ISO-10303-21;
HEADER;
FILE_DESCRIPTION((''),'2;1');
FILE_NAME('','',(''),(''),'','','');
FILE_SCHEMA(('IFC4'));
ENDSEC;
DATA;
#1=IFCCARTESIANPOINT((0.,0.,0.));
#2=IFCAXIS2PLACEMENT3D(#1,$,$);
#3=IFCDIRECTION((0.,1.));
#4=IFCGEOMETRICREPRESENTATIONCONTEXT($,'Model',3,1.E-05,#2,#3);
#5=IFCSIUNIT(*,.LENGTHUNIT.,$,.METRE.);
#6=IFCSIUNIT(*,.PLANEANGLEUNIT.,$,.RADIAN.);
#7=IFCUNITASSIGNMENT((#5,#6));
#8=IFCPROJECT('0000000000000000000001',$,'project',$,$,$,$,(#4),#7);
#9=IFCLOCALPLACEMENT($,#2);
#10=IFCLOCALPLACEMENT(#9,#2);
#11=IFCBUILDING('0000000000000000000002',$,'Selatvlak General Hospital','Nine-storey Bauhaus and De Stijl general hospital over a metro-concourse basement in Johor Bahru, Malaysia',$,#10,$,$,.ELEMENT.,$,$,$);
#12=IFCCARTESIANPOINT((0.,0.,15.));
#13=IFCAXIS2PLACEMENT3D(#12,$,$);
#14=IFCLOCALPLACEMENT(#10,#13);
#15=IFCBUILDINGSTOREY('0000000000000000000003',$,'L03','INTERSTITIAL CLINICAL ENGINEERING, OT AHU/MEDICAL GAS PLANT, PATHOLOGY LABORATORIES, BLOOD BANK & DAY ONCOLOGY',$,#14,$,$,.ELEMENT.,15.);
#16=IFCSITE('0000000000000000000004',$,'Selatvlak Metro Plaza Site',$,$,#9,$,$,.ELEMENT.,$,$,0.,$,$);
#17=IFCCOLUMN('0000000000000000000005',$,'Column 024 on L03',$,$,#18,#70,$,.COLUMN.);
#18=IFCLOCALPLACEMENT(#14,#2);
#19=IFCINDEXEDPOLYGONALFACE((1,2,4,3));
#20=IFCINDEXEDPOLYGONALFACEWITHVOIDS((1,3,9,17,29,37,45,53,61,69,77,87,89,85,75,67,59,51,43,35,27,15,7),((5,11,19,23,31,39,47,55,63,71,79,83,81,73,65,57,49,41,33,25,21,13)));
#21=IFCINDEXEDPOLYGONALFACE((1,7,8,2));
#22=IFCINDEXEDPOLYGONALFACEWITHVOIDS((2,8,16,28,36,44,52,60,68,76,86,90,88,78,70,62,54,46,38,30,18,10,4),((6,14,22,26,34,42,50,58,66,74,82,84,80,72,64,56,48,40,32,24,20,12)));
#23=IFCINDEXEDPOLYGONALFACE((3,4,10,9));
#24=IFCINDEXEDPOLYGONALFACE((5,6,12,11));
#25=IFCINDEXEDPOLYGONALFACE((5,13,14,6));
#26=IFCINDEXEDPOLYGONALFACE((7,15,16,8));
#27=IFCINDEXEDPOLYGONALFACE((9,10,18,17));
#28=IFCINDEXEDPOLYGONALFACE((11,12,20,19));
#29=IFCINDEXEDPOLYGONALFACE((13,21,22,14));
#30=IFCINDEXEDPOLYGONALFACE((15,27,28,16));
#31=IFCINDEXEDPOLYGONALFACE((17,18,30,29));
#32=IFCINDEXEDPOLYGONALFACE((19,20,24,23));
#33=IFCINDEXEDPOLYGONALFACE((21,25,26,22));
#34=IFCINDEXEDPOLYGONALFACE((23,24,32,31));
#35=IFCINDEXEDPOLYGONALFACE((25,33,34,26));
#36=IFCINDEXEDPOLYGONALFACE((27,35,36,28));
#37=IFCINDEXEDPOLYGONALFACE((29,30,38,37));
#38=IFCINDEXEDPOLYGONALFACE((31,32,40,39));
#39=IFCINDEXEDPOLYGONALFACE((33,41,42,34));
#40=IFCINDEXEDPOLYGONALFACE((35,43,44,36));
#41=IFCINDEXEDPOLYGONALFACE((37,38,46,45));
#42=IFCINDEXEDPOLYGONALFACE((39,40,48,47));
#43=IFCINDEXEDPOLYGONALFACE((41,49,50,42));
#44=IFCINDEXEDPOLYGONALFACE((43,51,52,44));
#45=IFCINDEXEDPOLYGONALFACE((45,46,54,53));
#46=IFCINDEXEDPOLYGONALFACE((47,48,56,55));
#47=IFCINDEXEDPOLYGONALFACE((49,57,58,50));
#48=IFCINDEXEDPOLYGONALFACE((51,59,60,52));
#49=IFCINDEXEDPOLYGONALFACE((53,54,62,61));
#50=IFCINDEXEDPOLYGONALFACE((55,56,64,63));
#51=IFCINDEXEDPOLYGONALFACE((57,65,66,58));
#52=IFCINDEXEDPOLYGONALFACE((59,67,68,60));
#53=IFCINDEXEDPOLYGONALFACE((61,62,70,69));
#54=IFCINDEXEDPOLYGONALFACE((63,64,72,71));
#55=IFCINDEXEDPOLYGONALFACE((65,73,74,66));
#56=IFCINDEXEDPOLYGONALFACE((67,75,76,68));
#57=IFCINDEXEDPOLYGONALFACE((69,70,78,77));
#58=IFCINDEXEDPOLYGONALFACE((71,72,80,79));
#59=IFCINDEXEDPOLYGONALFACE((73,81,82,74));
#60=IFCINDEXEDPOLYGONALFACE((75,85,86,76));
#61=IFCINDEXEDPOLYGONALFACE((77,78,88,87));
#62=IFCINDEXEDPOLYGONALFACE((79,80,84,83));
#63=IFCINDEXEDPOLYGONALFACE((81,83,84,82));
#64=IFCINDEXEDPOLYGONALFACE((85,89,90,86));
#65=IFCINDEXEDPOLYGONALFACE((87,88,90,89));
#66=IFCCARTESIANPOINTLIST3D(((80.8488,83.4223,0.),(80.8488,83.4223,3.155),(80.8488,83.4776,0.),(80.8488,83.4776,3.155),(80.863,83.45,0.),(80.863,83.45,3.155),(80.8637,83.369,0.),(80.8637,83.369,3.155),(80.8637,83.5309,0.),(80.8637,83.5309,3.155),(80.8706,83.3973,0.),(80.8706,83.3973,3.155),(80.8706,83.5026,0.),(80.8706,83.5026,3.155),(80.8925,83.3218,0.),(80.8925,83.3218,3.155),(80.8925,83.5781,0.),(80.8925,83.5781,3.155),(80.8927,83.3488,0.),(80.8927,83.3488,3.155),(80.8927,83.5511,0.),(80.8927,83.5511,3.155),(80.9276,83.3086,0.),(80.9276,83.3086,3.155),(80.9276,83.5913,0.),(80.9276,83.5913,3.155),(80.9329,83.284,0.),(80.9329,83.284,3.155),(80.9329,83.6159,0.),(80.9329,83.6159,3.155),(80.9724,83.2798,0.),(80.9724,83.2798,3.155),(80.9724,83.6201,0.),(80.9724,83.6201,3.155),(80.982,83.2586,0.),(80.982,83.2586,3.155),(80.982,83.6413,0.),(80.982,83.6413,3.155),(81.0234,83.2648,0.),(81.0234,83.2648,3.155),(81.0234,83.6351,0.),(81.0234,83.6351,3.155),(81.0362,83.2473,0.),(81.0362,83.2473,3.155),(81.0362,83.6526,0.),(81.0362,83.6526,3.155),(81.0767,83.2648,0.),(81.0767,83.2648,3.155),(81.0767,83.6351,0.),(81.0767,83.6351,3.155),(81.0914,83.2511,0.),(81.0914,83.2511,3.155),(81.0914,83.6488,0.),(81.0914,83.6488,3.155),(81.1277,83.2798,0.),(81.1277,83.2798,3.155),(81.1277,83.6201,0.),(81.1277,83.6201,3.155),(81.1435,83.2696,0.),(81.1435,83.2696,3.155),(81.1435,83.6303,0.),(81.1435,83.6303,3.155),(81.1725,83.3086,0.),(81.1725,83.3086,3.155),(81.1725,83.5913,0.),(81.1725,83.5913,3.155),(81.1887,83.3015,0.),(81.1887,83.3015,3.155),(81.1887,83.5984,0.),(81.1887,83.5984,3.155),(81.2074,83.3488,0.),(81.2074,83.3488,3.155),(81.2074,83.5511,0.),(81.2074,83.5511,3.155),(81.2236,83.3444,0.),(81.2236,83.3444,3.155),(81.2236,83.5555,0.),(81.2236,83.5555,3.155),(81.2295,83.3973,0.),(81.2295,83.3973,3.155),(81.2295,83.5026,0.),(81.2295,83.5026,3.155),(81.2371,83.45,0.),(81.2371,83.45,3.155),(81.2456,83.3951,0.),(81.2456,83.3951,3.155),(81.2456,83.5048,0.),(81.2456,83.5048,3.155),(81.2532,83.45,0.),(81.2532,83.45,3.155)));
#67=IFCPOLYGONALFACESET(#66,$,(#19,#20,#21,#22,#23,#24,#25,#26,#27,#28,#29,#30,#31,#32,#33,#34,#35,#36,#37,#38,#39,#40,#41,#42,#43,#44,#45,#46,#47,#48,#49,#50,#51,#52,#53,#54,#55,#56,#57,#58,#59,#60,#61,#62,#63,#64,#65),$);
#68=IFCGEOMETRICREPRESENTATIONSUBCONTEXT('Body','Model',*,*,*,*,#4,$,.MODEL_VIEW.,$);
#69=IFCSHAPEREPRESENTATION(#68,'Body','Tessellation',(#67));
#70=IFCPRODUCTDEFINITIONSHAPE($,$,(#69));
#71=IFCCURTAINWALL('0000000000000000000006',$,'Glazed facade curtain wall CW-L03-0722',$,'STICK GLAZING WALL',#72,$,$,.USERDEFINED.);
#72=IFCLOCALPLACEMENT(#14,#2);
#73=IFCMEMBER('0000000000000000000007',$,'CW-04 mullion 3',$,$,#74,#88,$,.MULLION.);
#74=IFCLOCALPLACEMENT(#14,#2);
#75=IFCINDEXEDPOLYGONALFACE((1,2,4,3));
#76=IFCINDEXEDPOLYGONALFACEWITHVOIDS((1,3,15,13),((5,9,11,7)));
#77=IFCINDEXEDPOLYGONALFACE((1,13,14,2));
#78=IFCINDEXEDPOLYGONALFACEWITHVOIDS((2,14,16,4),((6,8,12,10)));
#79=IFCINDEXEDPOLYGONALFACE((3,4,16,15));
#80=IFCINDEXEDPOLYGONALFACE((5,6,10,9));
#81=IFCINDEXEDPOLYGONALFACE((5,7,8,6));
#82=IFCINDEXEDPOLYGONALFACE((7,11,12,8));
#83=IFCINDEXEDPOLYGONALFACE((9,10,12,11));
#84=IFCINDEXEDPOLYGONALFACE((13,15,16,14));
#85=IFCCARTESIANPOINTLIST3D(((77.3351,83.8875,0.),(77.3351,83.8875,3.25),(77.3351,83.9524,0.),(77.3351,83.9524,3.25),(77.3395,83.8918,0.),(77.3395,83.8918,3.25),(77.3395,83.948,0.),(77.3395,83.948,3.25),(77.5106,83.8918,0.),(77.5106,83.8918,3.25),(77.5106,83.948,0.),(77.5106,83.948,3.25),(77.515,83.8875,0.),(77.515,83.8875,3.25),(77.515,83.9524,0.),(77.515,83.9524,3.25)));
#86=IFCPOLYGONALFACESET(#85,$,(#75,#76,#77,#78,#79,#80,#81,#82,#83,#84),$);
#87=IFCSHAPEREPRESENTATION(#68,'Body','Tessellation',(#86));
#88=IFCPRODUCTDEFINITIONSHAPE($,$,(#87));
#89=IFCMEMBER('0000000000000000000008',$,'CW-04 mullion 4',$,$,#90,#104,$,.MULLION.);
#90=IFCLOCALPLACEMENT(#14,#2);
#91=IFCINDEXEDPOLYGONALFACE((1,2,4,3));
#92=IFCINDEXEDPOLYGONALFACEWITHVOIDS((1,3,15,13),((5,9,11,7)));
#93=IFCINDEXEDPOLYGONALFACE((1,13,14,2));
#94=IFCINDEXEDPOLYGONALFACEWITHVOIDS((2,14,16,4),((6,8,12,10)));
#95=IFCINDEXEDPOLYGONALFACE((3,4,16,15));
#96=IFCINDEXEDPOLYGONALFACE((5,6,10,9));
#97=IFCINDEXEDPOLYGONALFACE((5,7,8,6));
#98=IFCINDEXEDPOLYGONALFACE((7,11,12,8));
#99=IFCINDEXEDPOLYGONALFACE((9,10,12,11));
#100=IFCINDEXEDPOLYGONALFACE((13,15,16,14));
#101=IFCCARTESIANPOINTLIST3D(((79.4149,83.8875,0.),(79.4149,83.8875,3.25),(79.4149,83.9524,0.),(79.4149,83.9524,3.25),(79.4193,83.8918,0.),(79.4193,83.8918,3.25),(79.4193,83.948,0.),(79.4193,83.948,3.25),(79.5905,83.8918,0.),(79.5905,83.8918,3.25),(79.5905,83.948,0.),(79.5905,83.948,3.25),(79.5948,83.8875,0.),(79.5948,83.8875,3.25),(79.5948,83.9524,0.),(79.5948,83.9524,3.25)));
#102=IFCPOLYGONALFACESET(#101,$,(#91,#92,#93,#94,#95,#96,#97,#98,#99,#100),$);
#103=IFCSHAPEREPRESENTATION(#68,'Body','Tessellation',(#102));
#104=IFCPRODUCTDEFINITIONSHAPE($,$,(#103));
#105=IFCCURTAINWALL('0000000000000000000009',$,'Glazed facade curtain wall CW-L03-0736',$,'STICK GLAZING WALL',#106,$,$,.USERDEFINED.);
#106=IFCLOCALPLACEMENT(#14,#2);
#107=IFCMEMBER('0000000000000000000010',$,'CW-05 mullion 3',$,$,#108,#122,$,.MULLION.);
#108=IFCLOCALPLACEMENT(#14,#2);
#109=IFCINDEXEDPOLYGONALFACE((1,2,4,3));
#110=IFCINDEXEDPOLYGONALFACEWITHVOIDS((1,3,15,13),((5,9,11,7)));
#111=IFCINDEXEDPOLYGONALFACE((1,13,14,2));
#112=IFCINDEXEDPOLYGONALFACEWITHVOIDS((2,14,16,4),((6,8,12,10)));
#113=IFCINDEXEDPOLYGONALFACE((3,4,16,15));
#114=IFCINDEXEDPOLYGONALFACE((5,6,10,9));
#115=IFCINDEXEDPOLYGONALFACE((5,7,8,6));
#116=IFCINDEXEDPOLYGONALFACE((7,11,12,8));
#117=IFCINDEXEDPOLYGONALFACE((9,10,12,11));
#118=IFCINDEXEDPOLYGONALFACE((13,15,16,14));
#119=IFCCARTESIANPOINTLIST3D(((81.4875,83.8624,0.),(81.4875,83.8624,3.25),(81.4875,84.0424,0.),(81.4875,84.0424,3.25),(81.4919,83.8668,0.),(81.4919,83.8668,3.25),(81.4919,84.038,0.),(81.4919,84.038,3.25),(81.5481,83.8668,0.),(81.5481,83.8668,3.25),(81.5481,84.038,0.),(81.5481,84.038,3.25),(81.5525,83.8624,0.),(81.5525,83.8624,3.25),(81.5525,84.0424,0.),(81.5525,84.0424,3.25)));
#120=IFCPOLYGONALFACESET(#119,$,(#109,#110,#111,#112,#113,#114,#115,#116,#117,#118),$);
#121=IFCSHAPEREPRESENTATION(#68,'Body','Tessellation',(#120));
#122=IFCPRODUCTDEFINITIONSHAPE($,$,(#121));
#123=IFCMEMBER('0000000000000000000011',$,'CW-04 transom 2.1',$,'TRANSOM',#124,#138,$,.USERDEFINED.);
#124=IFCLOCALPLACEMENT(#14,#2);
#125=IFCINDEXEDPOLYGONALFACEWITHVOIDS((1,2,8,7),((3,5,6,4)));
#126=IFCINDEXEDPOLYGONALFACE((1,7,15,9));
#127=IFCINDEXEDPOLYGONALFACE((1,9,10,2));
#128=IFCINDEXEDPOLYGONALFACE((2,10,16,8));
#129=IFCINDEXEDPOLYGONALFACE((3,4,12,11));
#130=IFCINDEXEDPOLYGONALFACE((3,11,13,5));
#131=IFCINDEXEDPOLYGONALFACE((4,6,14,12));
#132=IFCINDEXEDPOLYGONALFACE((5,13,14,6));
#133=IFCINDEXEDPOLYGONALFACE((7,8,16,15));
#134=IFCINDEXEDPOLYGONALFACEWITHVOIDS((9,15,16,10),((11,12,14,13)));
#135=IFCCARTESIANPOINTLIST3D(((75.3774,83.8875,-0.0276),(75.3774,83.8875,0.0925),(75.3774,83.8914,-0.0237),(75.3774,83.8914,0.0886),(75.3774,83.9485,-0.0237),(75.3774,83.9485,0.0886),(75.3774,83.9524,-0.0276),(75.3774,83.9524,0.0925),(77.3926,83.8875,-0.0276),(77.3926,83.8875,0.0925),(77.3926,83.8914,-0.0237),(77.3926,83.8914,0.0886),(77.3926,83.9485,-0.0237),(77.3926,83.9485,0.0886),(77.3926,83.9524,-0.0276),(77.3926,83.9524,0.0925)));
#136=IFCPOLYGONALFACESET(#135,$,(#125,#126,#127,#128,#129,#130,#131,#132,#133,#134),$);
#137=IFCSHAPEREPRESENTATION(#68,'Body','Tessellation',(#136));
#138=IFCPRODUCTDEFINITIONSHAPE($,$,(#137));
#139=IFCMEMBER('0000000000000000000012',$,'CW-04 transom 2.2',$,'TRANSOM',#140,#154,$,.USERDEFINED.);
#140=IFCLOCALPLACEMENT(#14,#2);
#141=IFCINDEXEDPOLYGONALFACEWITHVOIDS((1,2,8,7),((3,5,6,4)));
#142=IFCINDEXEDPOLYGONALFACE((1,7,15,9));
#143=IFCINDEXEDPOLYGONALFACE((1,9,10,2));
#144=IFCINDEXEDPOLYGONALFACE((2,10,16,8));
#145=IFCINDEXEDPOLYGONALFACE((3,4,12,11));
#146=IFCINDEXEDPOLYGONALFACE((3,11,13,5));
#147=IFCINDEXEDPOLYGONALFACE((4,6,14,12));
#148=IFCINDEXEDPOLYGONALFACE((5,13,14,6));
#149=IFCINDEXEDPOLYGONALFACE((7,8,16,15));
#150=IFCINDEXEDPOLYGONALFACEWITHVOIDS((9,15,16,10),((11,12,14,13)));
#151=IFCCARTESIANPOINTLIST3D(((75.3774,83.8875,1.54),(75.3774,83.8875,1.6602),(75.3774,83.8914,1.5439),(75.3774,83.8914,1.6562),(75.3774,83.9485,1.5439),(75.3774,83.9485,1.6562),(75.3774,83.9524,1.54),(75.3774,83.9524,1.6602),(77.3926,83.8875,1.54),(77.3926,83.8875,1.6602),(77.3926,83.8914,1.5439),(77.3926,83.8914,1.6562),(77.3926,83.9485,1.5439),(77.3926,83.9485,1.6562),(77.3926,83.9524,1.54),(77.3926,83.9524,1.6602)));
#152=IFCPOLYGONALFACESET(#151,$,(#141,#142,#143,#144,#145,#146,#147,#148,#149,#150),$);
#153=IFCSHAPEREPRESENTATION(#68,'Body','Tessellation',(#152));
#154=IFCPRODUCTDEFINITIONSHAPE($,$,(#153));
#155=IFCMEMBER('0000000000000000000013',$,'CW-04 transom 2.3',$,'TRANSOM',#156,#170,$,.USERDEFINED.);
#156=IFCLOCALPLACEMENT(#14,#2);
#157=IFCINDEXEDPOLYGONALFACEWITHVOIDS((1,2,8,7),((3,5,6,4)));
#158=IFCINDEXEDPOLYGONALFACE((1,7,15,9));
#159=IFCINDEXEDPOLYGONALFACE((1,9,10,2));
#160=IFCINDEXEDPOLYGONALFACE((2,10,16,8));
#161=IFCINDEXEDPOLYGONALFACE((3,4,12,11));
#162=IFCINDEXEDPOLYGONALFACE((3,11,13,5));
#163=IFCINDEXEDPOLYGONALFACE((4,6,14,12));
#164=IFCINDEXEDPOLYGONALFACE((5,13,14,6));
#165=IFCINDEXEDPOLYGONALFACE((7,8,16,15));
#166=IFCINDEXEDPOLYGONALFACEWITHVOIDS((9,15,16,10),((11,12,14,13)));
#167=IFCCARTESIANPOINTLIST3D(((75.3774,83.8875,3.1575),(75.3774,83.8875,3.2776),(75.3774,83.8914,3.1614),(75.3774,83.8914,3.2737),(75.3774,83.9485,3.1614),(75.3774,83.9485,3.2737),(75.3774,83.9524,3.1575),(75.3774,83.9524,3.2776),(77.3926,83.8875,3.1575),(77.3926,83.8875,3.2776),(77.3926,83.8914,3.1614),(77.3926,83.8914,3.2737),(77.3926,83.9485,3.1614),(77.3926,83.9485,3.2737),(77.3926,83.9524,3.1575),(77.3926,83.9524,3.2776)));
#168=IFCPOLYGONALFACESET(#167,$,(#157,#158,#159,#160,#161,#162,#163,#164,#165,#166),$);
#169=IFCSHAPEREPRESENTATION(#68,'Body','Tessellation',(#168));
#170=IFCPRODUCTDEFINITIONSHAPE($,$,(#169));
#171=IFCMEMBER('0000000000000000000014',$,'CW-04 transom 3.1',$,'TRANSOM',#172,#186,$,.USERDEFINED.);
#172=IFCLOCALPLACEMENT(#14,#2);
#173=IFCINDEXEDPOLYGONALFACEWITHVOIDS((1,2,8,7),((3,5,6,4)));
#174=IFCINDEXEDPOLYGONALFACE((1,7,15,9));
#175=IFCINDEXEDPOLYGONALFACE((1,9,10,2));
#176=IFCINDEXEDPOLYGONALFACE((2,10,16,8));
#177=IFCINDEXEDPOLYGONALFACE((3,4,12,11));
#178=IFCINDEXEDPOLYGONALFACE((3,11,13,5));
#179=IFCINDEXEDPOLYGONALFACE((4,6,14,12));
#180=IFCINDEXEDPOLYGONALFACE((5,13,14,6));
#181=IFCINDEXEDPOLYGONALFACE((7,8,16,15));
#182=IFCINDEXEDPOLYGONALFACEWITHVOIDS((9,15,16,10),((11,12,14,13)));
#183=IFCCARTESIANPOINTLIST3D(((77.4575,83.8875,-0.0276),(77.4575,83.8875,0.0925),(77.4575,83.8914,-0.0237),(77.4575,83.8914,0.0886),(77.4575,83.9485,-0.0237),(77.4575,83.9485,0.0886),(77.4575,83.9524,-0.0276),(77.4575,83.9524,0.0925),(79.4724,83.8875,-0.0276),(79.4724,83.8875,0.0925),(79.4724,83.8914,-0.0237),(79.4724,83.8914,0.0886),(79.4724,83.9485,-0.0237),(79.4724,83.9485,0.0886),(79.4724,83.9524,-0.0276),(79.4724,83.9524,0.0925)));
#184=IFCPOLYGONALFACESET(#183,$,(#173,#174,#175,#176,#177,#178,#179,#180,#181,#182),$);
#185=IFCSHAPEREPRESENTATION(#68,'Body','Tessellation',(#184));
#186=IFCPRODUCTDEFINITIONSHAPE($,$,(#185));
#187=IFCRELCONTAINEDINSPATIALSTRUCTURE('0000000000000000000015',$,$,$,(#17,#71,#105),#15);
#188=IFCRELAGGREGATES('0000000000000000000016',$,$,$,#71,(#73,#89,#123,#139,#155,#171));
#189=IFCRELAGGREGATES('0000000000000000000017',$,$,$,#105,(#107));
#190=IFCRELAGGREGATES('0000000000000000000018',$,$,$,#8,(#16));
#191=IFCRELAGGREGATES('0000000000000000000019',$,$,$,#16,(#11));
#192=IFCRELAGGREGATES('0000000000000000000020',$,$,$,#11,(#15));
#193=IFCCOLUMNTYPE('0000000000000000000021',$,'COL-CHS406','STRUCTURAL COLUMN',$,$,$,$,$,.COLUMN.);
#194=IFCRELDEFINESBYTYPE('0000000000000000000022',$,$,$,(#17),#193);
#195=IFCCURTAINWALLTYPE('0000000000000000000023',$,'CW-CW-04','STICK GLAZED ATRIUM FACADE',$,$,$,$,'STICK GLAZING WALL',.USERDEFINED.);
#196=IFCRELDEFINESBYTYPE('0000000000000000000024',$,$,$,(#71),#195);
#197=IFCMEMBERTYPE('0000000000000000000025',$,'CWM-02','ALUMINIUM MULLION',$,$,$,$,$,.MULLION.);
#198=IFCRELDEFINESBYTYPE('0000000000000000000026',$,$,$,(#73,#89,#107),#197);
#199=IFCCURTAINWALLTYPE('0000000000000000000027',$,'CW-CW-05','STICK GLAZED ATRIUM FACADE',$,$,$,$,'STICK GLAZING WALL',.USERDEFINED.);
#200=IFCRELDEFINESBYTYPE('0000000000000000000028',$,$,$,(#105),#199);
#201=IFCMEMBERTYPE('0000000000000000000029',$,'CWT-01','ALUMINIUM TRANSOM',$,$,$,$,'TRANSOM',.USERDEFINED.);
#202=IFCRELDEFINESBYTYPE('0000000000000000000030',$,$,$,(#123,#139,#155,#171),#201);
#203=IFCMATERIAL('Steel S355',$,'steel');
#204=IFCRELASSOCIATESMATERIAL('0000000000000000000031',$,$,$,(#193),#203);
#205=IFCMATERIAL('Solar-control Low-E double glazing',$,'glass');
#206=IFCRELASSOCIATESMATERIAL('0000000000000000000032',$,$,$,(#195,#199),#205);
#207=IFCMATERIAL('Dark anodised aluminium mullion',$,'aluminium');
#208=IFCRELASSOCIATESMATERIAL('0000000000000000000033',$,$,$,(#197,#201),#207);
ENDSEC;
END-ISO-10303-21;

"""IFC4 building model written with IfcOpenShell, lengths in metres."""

from ifc_helpers import new_model, si_unit, direction, frame, origin, origin_2d, place, context, subcontext, project, spatial, hollow_rectangle, hollow_circle, extrude, material, material_profile, profile_set, type_object, element, aggregate, save


model = new_model("IFC4")

# Units and contexts
model_context = context("Model", 3, precision=1e-05, world=origin(), true_north=direction((0.0, 1.0)))
body_context = subcontext(model_context, "Body", "Model", "MODEL_VIEW")
ifc_project = project(units=[si_unit("LENGTHUNIT", "METRE"), si_unit("PLANEANGLEUNIT", "RADIAN")], contexts=[model_context])

# Site, building, storey
site_placement = place(None, origin())
site = spatial("IfcSite", under=ifc_project, at=site_placement, Name="Selatvlak Metro Plaza Site", CompositionType="ELEMENT", RefElevation=0.0)
building_placement = place(site_placement, origin())
building = spatial("IfcBuilding", under=site, at=building_placement, Name="Selatvlak General Hospital", Description="Nine-storey Bauhaus and De Stijl general hospital over a metro-concourse basement in Johor Bahru, Malaysia", CompositionType="ELEMENT")
storey_placement = place(building_placement, frame((0.0, 0.0, 15.0)))
storey = spatial("IfcBuildingStorey", under=building, at=storey_placement, Name="L03", Description="INTERSTITIAL CLINICAL ENGINEERING, OT AHU/MEDICAL GAS PLANT, PATHOLOGY LABORATORIES, BLOOD BANK & DAY ONCOLOGY", CompositionType="ELEMENT", Elevation=15.0)

# Column
ifc_material_1 = material(Name="Steel S355", Category="steel")
ifc_material_profile_1 = material_profile(ifc_material_1, hollow_circle(Radius=0.2031, WallThickness=0.0161, at=origin_2d()), Name="CHS 406.4x16")
ifc_profile_set_1 = profile_set([ifc_material_profile_1], Name="Steel S355")
column_type = type_object("IfcColumnType", Name="COL-CHS406", Description="STRUCTURAL COLUMN", PredefinedType="COLUMN", material=ifc_profile_set_1)
column_placement = place(storey_placement, frame((81.05, 83.45, 0.0), z_axis=(0.0, 0.0, 1.0), x_axis=(1.0, 0.0, 0.0)))
element("IfcColumn", 1, at=column_placement, inside=storey, type_object=column_type, Name="Column 024 on L03", PredefinedType="COLUMN", context=body_context, shape_type="SweptSolid", body=[
    extrude(hollow_circle(Radius=0.2031, WallThickness=0.0161, at=origin_2d()), origin(), (0.0, 0.0, 1.0), 3.155),
])

# Curtain wall, members
ifc_material_2 = material(Name="Solar-control Low-E double glazing", Category="glass")
curtain_wall_type_1 = type_object("IfcCurtainWallType", Name="CW-CW-04", Description="STICK GLAZED ATRIUM FACADE", ElementType="STICK GLAZING WALL", PredefinedType="USERDEFINED", material=ifc_material_2)
curtain_wall_1_placement = place(storey_placement, origin())
curtain_wall_1 = element("IfcCurtainWall", 2, at=curtain_wall_1_placement, inside=storey, type_object=curtain_wall_type_1, Name="Glazed facade curtain wall CW-L03-0722", ObjectType="STICK GLAZING WALL", PredefinedType="USERDEFINED")
ifc_material_3 = material(Name="Dark anodised aluminium mullion", Category="aluminium")
ifc_material_profile_2 = material_profile(ifc_material_3, hollow_rectangle(XDim=0.0649, YDim=0.1799, WallThickness=0.0044, at=origin_2d()), Name="AL-MUL 65x180x4.5")
ifc_profile_set_2 = profile_set([ifc_material_profile_2], Name="Dark anodised aluminium mullion")
member_type_1 = type_object("IfcMemberType", Name="CWM-02", Description="ALUMINIUM MULLION", PredefinedType="MULLION", material=ifc_profile_set_2)
member_1_placement = place(storey_placement, frame((77.425, 83.9199, 0.0), z_axis=(0.0, 0.0, 1.0), x_axis=(0.0, 1.0, 0.0)))
member_1 = element("IfcMember", 3, at=member_1_placement, type_object=member_type_1, Name="CW-04 mullion 3", PredefinedType="MULLION", context=body_context, shape_type="SweptSolid", body=[
    extrude(hollow_rectangle(XDim=0.0649, YDim=0.1799, WallThickness=0.0044, at=origin_2d()), origin(), (0.0, 0.0, 1.0), 3.25),
])
member_2_placement = place(storey_placement, frame((79.5049, 83.9199, 0.0), z_axis=(0.0, 0.0, 1.0), x_axis=(0.0, 1.0, 0.0)))
member_2 = element("IfcMember", 4, at=member_2_placement, type_object=member_type_1, Name="CW-04 mullion 4", PredefinedType="MULLION", context=body_context, shape_type="SweptSolid", body=[
    extrude(hollow_rectangle(XDim=0.0649, YDim=0.1799, WallThickness=0.0044, at=origin_2d()), origin(), (0.0, 0.0, 1.0), 3.25),
])

# Curtain wall, member
curtain_wall_type_2 = type_object("IfcCurtainWallType", Name="CW-CW-05", Description="STICK GLAZED ATRIUM FACADE", ElementType="STICK GLAZING WALL", PredefinedType="USERDEFINED", material=ifc_material_2)
curtain_wall_2_placement = place(storey_placement, origin())
curtain_wall_2 = element("IfcCurtainWall", 5, at=curtain_wall_2_placement, inside=storey, type_object=curtain_wall_type_2, Name="Glazed facade curtain wall CW-L03-0736", ObjectType="STICK GLAZING WALL", PredefinedType="USERDEFINED")
member_3_placement = place(storey_placement, frame((81.52, 83.9524, 0.0), z_axis=(0.0, 0.0, 1.0), x_axis=(-1.0, 0.0, 0.0)))
member_3 = element("IfcMember", 6, at=member_3_placement, type_object=member_type_1, Name="CW-05 mullion 3", PredefinedType="MULLION", context=body_context, shape_type="SweptSolid", body=[
    extrude(hollow_rectangle(XDim=0.0649, YDim=0.1799, WallThickness=0.0044, at=origin_2d()), origin(), (0.0, 0.0, 1.0), 3.25),
])

# Members
ifc_material_profile_3 = material_profile(ifc_material_3, hollow_rectangle(XDim=0.0649, YDim=0.1201, WallThickness=0.0039, at=origin_2d()), Name="AL-TRN 65x120x4")
ifc_profile_set_3 = profile_set([ifc_material_profile_3], Name="Dark anodised aluminium mullion")
member_type_2 = type_object("IfcMemberType", Name="CWT-01", Description="ALUMINIUM TRANSOM", ElementType="TRANSOM", PredefinedType="USERDEFINED", material=ifc_profile_set_3)
member_4_placement = place(storey_placement, frame((75.3774, 83.9199, 0.0325), z_axis=(1.0, 0.0, 0.0), x_axis=(0.0, 1.0, 0.0)))
member_4 = element("IfcMember", 7, at=member_4_placement, type_object=member_type_2, Name="CW-04 transom 2.1", ObjectType="TRANSOM", PredefinedType="USERDEFINED", context=body_context, shape_type="SweptSolid", body=[
    extrude(hollow_rectangle(XDim=0.0649, YDim=0.1201, WallThickness=0.0039, at=origin_2d()), origin(), (0.0, 0.0, 1.0), 2.0151),
])
member_5_placement = place(storey_placement, frame((75.3774, 83.9199, 1.6001), z_axis=(1.0, 0.0, 0.0), x_axis=(0.0, 1.0, 0.0)))
member_5 = element("IfcMember", 8, at=member_5_placement, type_object=member_type_2, Name="CW-04 transom 2.2", ObjectType="TRANSOM", PredefinedType="USERDEFINED", context=body_context, shape_type="SweptSolid", body=[
    extrude(hollow_rectangle(XDim=0.0649, YDim=0.1201, WallThickness=0.0039, at=origin_2d()), origin(), (0.0, 0.0, 1.0), 2.0151),
])
member_6_placement = place(storey_placement, frame((75.3774, 83.9199, 3.2175), z_axis=(1.0, 0.0, 0.0), x_axis=(0.0, 1.0, 0.0)))
member_6 = element("IfcMember", 9, at=member_6_placement, type_object=member_type_2, Name="CW-04 transom 2.3", ObjectType="TRANSOM", PredefinedType="USERDEFINED", context=body_context, shape_type="SweptSolid", body=[
    extrude(hollow_rectangle(XDim=0.0649, YDim=0.1201, WallThickness=0.0039, at=origin_2d()), origin(), (0.0, 0.0, 1.0), 2.0151),
])
member_7_placement = place(storey_placement, frame((77.4575, 83.9199, 0.0325), z_axis=(1.0, 0.0, 0.0), x_axis=(0.0, 1.0, 0.0)))
member_7 = element("IfcMember", 10, at=member_7_placement, type_object=member_type_2, Name="CW-04 transom 3.1", ObjectType="TRANSOM", PredefinedType="USERDEFINED", context=body_context, shape_type="SweptSolid", body=[
    extrude(hollow_rectangle(XDim=0.0649, YDim=0.1201, WallThickness=0.0039, at=origin_2d()), origin(), (0.0, 0.0, 1.0), 2.0149),
])

aggregate(curtain_wall_1, [member_1, member_2, member_4, member_5, member_6, member_7])
aggregate(curtain_wall_2, [member_3])

save(model, "model.ifc")
